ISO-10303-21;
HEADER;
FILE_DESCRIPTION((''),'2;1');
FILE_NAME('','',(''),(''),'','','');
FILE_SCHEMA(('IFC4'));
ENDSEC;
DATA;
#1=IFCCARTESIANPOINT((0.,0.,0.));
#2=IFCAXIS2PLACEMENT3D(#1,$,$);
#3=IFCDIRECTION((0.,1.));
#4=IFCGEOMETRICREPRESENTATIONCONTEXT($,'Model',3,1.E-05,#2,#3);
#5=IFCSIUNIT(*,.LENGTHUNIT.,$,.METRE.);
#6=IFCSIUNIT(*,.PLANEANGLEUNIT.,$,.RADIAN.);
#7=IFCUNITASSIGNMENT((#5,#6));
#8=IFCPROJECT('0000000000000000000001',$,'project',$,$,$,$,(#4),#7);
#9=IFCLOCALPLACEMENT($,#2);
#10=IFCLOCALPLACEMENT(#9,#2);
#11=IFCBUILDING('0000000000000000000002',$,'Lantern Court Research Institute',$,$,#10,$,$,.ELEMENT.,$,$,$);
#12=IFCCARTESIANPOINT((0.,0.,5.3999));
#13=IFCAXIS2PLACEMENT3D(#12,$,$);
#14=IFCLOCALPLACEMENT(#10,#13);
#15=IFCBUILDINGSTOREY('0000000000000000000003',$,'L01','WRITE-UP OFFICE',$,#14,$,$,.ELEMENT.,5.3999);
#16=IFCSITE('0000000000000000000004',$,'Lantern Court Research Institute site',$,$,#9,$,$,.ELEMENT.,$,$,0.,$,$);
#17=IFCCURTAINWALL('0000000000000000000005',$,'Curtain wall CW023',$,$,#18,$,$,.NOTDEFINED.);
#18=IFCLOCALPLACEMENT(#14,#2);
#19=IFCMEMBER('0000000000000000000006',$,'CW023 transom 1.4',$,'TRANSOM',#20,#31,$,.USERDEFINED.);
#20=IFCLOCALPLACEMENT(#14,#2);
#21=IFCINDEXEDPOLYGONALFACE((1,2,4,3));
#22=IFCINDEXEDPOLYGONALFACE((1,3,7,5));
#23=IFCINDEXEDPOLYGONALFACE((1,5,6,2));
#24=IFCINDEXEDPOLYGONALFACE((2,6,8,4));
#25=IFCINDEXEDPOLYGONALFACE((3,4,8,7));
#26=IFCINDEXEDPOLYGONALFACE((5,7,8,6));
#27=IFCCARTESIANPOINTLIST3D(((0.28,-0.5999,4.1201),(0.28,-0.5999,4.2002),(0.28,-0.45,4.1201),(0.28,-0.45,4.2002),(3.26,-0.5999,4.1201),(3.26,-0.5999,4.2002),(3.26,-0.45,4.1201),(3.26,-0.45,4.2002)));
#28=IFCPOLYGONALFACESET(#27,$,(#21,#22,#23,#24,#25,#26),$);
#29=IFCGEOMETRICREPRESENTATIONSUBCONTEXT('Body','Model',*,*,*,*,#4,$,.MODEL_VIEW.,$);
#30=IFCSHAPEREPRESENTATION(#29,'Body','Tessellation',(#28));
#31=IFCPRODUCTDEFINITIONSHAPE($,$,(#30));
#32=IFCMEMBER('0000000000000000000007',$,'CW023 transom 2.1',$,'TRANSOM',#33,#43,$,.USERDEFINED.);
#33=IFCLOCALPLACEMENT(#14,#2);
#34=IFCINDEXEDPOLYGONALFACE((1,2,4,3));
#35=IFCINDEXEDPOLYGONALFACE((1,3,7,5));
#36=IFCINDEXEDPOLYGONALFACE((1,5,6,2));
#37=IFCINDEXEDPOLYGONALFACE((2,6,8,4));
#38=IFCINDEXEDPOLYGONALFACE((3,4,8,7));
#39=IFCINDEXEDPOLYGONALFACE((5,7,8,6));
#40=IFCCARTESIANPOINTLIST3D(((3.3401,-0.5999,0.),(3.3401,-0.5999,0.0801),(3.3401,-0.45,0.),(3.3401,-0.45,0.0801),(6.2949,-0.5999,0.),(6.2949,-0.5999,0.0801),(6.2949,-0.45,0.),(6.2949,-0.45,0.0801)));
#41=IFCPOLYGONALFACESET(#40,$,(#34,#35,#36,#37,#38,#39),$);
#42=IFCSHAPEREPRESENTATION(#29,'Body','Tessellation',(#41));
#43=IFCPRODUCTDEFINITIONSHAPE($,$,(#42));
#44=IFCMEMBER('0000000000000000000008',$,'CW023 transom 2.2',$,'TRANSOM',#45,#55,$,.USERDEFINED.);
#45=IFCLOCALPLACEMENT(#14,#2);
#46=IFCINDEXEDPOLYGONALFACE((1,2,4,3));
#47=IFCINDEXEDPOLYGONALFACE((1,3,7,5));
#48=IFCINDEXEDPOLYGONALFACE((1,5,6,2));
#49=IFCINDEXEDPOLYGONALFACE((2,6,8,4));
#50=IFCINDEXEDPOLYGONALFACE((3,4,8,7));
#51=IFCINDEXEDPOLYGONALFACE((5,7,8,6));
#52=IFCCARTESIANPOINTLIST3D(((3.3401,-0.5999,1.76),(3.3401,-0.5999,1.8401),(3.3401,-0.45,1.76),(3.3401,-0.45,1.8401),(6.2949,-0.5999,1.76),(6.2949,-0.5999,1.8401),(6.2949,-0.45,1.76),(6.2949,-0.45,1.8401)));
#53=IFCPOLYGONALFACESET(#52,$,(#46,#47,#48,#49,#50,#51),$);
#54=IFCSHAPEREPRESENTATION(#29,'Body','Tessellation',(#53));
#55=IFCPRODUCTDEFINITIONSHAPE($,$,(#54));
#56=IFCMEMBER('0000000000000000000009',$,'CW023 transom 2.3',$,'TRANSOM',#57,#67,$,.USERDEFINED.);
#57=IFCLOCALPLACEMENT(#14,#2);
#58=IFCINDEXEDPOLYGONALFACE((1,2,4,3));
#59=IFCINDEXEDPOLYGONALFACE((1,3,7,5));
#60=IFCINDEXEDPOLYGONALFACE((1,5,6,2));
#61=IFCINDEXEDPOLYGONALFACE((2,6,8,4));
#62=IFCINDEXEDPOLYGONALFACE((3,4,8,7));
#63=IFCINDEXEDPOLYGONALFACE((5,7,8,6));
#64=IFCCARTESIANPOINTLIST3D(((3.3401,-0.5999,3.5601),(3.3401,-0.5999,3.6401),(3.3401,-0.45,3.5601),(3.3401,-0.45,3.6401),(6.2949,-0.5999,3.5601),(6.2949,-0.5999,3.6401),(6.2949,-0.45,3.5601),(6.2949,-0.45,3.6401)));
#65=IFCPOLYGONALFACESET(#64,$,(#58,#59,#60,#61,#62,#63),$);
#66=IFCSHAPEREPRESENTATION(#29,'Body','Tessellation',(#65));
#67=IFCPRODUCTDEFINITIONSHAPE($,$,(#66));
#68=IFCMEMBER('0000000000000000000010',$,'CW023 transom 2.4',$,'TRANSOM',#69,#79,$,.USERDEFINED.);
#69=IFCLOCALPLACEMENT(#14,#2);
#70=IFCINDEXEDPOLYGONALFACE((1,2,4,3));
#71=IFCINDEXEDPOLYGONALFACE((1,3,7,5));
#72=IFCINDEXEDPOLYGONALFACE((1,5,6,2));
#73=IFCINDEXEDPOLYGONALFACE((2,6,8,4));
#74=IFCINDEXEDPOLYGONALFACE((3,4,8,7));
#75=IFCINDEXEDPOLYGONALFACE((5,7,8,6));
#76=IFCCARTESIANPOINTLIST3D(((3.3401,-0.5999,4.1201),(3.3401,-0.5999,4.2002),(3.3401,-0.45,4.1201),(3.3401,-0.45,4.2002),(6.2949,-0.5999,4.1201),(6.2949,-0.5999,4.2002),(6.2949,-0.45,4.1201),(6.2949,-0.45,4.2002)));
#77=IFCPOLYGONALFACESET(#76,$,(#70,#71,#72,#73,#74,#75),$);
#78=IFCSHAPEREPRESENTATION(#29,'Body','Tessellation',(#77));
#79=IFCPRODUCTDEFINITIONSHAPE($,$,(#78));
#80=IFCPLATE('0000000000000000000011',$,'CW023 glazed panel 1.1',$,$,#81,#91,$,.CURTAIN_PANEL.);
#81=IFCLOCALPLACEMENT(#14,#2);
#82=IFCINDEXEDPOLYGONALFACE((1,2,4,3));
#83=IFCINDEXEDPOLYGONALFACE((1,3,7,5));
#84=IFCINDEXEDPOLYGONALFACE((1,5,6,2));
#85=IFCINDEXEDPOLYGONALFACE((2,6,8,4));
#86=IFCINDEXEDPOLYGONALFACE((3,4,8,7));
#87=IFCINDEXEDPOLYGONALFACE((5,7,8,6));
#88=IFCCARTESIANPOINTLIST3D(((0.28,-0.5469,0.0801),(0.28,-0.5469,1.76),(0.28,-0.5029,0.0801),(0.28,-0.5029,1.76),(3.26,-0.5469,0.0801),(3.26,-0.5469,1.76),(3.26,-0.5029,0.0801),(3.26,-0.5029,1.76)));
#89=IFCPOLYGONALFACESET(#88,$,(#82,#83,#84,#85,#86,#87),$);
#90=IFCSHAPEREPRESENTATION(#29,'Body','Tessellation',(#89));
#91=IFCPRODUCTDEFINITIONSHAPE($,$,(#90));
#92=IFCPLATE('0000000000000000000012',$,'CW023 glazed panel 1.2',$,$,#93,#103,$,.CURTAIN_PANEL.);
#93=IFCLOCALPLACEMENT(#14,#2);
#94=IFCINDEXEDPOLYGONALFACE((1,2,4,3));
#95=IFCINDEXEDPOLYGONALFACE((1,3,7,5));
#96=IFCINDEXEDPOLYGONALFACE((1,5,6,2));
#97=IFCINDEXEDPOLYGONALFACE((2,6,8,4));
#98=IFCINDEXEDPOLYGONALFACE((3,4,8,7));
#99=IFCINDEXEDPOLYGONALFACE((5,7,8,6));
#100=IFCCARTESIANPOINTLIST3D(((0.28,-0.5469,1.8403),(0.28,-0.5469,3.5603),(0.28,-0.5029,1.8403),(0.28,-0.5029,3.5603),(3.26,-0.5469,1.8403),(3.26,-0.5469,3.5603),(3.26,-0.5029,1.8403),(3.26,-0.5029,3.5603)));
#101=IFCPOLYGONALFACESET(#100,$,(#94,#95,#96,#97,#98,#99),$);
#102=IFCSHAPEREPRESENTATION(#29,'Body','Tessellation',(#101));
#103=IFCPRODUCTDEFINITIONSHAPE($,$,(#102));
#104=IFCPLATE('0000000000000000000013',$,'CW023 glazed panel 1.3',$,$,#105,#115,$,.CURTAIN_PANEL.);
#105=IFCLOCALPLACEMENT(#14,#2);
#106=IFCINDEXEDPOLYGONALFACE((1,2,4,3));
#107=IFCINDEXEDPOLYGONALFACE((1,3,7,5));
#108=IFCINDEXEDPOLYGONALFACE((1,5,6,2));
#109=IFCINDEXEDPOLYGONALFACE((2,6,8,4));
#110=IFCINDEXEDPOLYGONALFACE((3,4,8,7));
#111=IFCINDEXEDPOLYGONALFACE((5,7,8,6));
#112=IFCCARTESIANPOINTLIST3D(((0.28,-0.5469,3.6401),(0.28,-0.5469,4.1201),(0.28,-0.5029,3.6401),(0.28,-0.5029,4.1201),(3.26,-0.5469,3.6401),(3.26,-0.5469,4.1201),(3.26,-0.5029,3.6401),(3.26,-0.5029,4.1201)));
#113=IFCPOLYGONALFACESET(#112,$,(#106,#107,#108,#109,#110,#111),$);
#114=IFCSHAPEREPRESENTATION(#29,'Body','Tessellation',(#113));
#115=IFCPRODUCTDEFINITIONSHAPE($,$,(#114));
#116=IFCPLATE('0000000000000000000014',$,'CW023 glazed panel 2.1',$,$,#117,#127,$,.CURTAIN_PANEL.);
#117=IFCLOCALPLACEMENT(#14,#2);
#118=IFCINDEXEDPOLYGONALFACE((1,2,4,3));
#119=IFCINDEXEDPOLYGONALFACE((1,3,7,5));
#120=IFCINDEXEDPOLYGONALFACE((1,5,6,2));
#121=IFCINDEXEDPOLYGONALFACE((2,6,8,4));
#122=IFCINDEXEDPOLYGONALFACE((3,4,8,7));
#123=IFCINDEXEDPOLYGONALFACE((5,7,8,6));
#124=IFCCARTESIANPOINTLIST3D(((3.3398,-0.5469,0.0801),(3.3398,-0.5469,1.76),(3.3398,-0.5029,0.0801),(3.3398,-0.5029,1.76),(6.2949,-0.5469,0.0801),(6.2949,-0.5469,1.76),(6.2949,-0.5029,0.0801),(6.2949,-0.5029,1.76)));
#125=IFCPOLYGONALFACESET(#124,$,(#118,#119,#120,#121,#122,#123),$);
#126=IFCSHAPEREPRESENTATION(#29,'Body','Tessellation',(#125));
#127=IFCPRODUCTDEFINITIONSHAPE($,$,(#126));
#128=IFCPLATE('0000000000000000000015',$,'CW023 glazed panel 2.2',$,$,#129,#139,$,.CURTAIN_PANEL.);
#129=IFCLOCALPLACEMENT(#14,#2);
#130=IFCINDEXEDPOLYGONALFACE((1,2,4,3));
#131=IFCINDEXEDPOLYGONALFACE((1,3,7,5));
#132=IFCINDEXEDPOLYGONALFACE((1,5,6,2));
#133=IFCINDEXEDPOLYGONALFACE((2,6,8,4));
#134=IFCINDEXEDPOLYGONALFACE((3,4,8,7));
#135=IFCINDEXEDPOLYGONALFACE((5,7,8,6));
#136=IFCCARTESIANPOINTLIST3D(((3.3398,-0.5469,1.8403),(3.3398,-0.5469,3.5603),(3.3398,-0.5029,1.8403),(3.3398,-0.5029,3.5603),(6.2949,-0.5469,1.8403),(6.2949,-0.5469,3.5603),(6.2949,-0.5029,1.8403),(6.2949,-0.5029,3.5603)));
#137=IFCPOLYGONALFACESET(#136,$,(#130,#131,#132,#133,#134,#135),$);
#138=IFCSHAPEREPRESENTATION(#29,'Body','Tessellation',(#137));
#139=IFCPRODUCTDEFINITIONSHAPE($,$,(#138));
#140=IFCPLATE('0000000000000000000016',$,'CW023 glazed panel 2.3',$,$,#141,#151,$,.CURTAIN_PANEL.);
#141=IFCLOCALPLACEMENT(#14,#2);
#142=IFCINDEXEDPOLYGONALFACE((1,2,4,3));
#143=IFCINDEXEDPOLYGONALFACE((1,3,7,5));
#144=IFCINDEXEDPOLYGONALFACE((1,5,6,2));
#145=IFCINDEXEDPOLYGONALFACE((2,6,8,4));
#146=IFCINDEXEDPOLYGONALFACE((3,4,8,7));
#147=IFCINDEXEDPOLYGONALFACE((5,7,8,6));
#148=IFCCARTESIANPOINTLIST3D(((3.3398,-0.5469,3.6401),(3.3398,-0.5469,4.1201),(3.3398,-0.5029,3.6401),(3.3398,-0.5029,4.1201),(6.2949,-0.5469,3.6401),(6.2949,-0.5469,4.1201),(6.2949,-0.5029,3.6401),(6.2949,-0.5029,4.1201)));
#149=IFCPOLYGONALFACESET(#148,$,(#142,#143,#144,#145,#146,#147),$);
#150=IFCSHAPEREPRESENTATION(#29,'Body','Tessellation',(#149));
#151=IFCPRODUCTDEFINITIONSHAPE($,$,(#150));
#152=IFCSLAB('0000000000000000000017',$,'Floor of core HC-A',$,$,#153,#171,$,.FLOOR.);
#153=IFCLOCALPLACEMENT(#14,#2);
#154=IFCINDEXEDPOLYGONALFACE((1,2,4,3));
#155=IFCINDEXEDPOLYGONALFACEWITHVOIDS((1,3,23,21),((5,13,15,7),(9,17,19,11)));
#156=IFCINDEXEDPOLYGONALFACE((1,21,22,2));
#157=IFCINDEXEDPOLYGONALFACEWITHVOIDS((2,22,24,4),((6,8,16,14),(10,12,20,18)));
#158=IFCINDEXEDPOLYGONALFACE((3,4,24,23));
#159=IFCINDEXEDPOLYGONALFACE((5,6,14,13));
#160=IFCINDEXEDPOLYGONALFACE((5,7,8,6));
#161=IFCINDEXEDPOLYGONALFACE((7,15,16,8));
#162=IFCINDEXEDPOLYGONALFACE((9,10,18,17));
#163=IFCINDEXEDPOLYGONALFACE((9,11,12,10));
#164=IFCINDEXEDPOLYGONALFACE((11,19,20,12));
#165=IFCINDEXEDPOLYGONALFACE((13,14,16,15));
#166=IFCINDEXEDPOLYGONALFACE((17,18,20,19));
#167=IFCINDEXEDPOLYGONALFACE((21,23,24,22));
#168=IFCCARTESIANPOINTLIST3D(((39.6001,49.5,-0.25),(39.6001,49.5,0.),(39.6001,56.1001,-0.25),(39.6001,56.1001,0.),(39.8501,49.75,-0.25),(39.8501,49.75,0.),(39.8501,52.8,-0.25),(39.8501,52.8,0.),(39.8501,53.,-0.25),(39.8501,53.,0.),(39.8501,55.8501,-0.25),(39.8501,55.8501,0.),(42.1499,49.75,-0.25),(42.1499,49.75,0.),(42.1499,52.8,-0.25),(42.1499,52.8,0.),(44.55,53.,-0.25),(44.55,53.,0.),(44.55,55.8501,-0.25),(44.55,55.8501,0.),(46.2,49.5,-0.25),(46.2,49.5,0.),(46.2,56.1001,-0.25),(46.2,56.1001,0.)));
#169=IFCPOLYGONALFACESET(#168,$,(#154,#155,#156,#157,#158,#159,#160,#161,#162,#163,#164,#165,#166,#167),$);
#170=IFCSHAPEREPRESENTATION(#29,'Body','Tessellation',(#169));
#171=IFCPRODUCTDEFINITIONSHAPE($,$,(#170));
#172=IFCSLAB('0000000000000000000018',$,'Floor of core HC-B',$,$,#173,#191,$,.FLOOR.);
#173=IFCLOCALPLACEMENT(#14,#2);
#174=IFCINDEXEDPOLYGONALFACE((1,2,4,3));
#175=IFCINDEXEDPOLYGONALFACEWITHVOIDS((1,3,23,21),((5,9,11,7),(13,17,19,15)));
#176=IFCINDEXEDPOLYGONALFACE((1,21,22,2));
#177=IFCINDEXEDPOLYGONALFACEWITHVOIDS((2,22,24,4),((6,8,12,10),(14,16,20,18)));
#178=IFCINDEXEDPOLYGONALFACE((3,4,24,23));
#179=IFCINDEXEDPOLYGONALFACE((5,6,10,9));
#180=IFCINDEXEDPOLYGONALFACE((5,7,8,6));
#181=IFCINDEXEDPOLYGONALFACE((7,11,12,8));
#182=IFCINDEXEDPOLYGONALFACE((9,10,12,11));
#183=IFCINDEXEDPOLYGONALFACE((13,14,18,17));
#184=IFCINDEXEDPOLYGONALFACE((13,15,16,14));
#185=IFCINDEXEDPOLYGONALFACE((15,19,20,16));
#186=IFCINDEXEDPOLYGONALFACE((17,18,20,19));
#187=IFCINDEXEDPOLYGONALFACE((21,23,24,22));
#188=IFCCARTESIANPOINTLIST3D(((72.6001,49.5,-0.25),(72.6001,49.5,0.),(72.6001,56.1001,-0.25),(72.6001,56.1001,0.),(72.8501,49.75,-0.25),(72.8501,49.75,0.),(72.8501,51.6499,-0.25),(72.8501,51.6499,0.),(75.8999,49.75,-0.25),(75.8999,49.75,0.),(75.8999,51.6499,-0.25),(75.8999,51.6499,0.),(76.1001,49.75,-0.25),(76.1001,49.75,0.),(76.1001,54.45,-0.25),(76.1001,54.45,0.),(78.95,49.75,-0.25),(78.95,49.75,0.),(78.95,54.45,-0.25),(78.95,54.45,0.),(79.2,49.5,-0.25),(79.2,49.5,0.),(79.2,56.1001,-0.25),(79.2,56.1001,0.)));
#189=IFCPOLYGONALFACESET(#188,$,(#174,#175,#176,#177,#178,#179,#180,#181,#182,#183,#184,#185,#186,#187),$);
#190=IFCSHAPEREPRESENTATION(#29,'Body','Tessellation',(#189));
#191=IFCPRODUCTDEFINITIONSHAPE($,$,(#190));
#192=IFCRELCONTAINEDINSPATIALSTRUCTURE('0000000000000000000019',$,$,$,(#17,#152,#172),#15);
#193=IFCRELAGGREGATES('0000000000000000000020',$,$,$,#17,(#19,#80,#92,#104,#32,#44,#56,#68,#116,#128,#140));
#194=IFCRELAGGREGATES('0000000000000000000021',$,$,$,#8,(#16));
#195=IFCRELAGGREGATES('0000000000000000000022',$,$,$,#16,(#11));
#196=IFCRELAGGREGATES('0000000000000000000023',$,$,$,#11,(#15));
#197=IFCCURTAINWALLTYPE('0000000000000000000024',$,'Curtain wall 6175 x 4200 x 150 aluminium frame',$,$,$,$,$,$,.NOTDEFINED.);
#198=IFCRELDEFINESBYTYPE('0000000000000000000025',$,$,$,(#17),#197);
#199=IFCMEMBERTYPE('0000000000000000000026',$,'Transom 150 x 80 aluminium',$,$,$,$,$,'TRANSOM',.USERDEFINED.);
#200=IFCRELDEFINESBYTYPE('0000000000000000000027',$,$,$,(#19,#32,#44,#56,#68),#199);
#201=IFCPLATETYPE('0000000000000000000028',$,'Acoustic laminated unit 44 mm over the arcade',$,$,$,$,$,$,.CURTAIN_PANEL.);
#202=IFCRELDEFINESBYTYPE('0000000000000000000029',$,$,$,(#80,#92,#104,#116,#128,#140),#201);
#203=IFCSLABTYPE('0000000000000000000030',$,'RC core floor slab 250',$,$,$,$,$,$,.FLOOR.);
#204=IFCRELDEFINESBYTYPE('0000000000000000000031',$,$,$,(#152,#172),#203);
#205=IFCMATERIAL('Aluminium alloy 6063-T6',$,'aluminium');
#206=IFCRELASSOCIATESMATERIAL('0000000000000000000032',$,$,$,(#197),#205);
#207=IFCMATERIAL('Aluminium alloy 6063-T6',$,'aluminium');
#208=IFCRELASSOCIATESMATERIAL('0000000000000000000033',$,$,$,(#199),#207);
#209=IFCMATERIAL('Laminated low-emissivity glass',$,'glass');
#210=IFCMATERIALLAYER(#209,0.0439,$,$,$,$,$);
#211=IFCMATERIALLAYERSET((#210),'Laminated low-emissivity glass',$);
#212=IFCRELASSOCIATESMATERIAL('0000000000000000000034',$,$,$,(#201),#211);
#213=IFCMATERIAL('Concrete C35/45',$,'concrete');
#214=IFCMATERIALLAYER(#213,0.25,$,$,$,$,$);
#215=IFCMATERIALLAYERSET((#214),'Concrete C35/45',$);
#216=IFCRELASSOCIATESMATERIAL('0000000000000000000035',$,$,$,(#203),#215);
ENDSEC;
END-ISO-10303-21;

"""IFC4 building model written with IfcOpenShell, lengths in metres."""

from ifc_helpers import new_model, si_unit, direction, frame, origin, origin_2d, place, context, subcontext, project, spatial, polyline, rectangle, outline, extrude, material, layer, layer_set, material_profile, profile_set, type_object, element, aggregate, save


model = new_model("IFC4")

# Units and contexts
model_context = context("Model", 3, precision=1e-05, world=origin(), true_north=direction((0.0, 1.0)))
body_context = subcontext(model_context, "Body", "Model", "MODEL_VIEW")
ifc_project = project(units=[si_unit("LENGTHUNIT", "METRE"), si_unit("PLANEANGLEUNIT", "RADIAN")], contexts=[model_context])

# Site, building, storey
site_placement = place(None, origin())
site = spatial("IfcSite", under=ifc_project, at=site_placement, Name="Lantern Court Research Institute site", CompositionType="ELEMENT", RefElevation=0.0)
building_placement = place(site_placement, origin())
building = spatial("IfcBuilding", under=site, at=building_placement, Name="Lantern Court Research Institute", CompositionType="ELEMENT")
storey_placement = place(building_placement, frame((0.0, 0.0, 5.3999)))
storey = spatial("IfcBuildingStorey", under=building, at=storey_placement, Name="L01", Description="WRITE-UP OFFICE", CompositionType="ELEMENT", Elevation=5.3999)

# Curtain wall
ifc_material_1 = material(Name="Aluminium alloy 6063-T6", Category="aluminium")
curtain_wall_type = type_object("IfcCurtainWallType", Name="Curtain wall 6175 x 4200 x 150 aluminium frame", PredefinedType="NOTDEFINED", material=ifc_material_1)
curtain_wall_placement = place(storey_placement, origin())
curtain_wall = element("IfcCurtainWall", 1, at=curtain_wall_placement, inside=storey, type_object=curtain_wall_type, Name="Curtain wall CW023", PredefinedType="NOTDEFINED")

# Members
ifc_material_2 = material(Name="Aluminium alloy 6063-T6", Category="aluminium")
ifc_material_profile_1 = material_profile(ifc_material_2, rectangle(XDim=0.1499, YDim=0.0801, at=origin_2d()), Name="Transom 150 x 80")
ifc_profile_set_1 = profile_set([ifc_material_profile_1], Name="Aluminium alloy 6063-T6")
member_type_1 = type_object("IfcMemberType", Name="Transom 150 x 80 aluminium", ElementType="TRANSOM", PredefinedType="USERDEFINED", material=ifc_profile_set_1)
member_1_placement = place(storey_placement, frame((3.26, -0.5249, 4.1602), z_axis=(-1.0, 0.0, 0.0), x_axis=(0.0, -1.0, 0.0)))
member_1 = element("IfcMember", 2, at=member_1_placement, type_object=member_type_1, Name="CW023 transom 1.4", ObjectType="TRANSOM", PredefinedType="USERDEFINED", context=body_context, shape_type="SweptSolid", body=[
    extrude(rectangle(XDim=0.1499, YDim=0.0801, at=origin_2d()), origin(), (0.0, 0.0, 1.0), 2.98),
])
member_2_placement = place(storey_placement, frame((6.2949, -0.5249, 0.04), z_axis=(-1.0, 0.0, 0.0), x_axis=(0.0, -1.0, 0.0)))
member_2 = element("IfcMember", 3, at=member_2_placement, type_object=member_type_1, Name="CW023 transom 2.1", ObjectType="TRANSOM", PredefinedType="USERDEFINED", context=body_context, shape_type="SweptSolid", body=[
    extrude(rectangle(XDim=0.1499, YDim=0.0801, at=origin_2d()), origin(), (0.0, 0.0, 1.0), 2.9548),
])
member_3_placement = place(storey_placement, frame((6.2949, -0.5249, 1.8), z_axis=(-1.0, 0.0, 0.0), x_axis=(0.0, -1.0, 0.0)))
member_3 = element("IfcMember", 4, at=member_3_placement, type_object=member_type_1, Name="CW023 transom 2.2", ObjectType="TRANSOM", PredefinedType="USERDEFINED", context=body_context, shape_type="SweptSolid", body=[
    extrude(rectangle(XDim=0.1499, YDim=0.0801, at=origin_2d()), origin(), (0.0, 0.0, 1.0), 2.9548),
])
member_4_placement = place(storey_placement, frame((6.2949, -0.5249, 3.6001), z_axis=(-1.0, 0.0, 0.0), x_axis=(0.0, -1.0, 0.0)))
member_4 = element("IfcMember", 5, at=member_4_placement, type_object=member_type_1, Name="CW023 transom 2.3", ObjectType="TRANSOM", PredefinedType="USERDEFINED", context=body_context, shape_type="SweptSolid", body=[
    extrude(rectangle(XDim=0.1499, YDim=0.0801, at=origin_2d()), origin(), (0.0, 0.0, 1.0), 2.9548),
])
member_5_placement = place(storey_placement, frame((6.2949, -0.5249, 4.1602), z_axis=(-1.0, 0.0, 0.0), x_axis=(0.0, -1.0, 0.0)))
member_5 = element("IfcMember", 6, at=member_5_placement, type_object=member_type_1, Name="CW023 transom 2.4", ObjectType="TRANSOM", PredefinedType="USERDEFINED", context=body_context, shape_type="SweptSolid", body=[
    extrude(rectangle(XDim=0.1499, YDim=0.0801, at=origin_2d()), origin(), (0.0, 0.0, 1.0), 2.9548),
])

# Plates
ifc_material_3 = material(Name="Laminated low-emissivity glass", Category="glass")
ifc_layer_1 = layer(ifc_material_3, 0.0439)
ifc_layer_set_1 = layer_set([ifc_layer_1], Name="Laminated low-emissivity glass")
plate_type = type_object("IfcPlateType", Name="Acoustic laminated unit 44 mm over the arcade", PredefinedType="CURTAIN_PANEL", material=ifc_layer_set_1)
plate_1_placement = place(storey_placement, frame((1.77, -0.5249, 0.0801), z_axis=(0.0, 0.0, 1.0), x_axis=(-1.0, 0.0, 0.0)))
plate_1 = element("IfcPlate", 7, at=plate_1_placement, type_object=plate_type, Name="CW023 glazed panel 1.1", PredefinedType="CURTAIN_PANEL", context=body_context, shape_type="SweptSolid", body=[
    extrude(rectangle(XDim=2.98, YDim=0.0439, at=origin_2d()), origin(), (0.0, 0.0, 1.0), 1.6799),
])
plate_2_placement = place(storey_placement, frame((1.77, -0.5249, 1.8403), z_axis=(0.0, 0.0, 1.0), x_axis=(-1.0, 0.0, 0.0)))
plate_2 = element("IfcPlate", 8, at=plate_2_placement, type_object=plate_type, Name="CW023 glazed panel 1.2", PredefinedType="CURTAIN_PANEL", context=body_context, shape_type="SweptSolid", body=[
    extrude(rectangle(XDim=2.98, YDim=0.0439, at=origin_2d()), origin(), (0.0, 0.0, 1.0), 1.72),
])
plate_3_placement = place(storey_placement, frame((1.77, -0.5249, 3.6401), z_axis=(0.0, 0.0, 1.0), x_axis=(-1.0, 0.0, 0.0)))
plate_3 = element("IfcPlate", 9, at=plate_3_placement, type_object=plate_type, Name="CW023 glazed panel 1.3", PredefinedType="CURTAIN_PANEL", context=body_context, shape_type="SweptSolid", body=[
    extrude(rectangle(XDim=2.98, YDim=0.0439, at=origin_2d()), origin(), (0.0, 0.0, 1.0), 0.48),
])
plate_4_placement = place(storey_placement, frame((4.8174, -0.5249, 0.0801), z_axis=(0.0, 0.0, 1.0), x_axis=(-1.0, 0.0, 0.0)))
plate_4 = element("IfcPlate", 10, at=plate_4_placement, type_object=plate_type, Name="CW023 glazed panel 2.1", PredefinedType="CURTAIN_PANEL", context=body_context, shape_type="SweptSolid", body=[
    extrude(rectangle(XDim=2.9551, YDim=0.0439, at=origin_2d()), origin(), (0.0, 0.0, 1.0), 1.6799),
])
plate_5_placement = place(storey_placement, frame((4.8174, -0.5249, 1.8403), z_axis=(0.0, 0.0, 1.0), x_axis=(-1.0, 0.0, 0.0)))
plate_5 = element("IfcPlate", 11, at=plate_5_placement, type_object=plate_type, Name="CW023 glazed panel 2.2", PredefinedType="CURTAIN_PANEL", context=body_context, shape_type="SweptSolid", body=[
    extrude(rectangle(XDim=2.9551, YDim=0.0439, at=origin_2d()), origin(), (0.0, 0.0, 1.0), 1.72),
])
plate_6_placement = place(storey_placement, frame((4.8174, -0.5249, 3.6401), z_axis=(0.0, 0.0, 1.0), x_axis=(-1.0, 0.0, 0.0)))
plate_6 = element("IfcPlate", 12, at=plate_6_placement, type_object=plate_type, Name="CW023 glazed panel 2.3", PredefinedType="CURTAIN_PANEL", context=body_context, shape_type="SweptSolid", body=[
    extrude(rectangle(XDim=2.9551, YDim=0.0439, at=origin_2d()), origin(), (0.0, 0.0, 1.0), 0.48),
])
aggregate(curtain_wall, [member_1, plate_1, plate_2, plate_3, member_2, member_3, member_4, member_5, plate_4, plate_5, plate_6])

# Slabs
ifc_material_4 = material(Name="Concrete C35/45", Category="concrete")
ifc_layer_2 = layer(ifc_material_4, 0.25)
ifc_layer_set_2 = layer_set([ifc_layer_2], Name="Concrete C35/45")
slab_type_1 = type_object("IfcSlabType", Name="RC core floor slab 250", PredefinedType="FLOOR", material=ifc_layer_set_2)
slab_1_placement = place(storey_placement, frame((0.0, 0.0, -0.25)))
element("IfcSlab", 13, at=slab_1_placement, inside=storey, type_object=slab_type_1, Name="Floor of core HC-A", PredefinedType="FLOOR", context=body_context, shape_type="SweptSolid", body=[
    extrude(outline(polyline([(39.6001, 49.5), (46.2, 49.5), (46.2, 56.1001), (39.6001, 56.1001), (39.6001, 49.5)]), holes=[polyline([(44.55, 55.8501), (39.8501, 55.8501), (39.8501, 53.0), (44.55, 53.0), (44.55, 55.8501)]), polyline([(39.8501, 49.75), (42.1499, 49.75), (42.1499, 52.8), (39.8501, 52.8), (39.8501, 49.75)])]), origin(), (0.0, 0.0, 1.0), 0.25),
])
slab_2_placement = place(storey_placement, frame((0.0, 0.0, -0.25)))
element("IfcSlab", 14, at=slab_2_placement, inside=storey, type_object=slab_type_1, Name="Floor of core HC-B", PredefinedType="FLOOR", context=body_context, shape_type="SweptSolid", body=[
    extrude(outline(polyline([(72.6001, 49.5), (79.2, 49.5), (79.2, 56.1001), (72.6001, 56.1001), (72.6001, 49.5)]), holes=[polyline([(76.1001, 54.45), (76.1001, 49.75), (78.95, 49.75), (78.95, 54.45), (76.1001, 54.45)]), polyline([(72.8501, 51.6499), (75.8999, 51.6499), (75.8999, 49.75), (72.8501, 49.75), (72.8501, 51.6499)])]), origin(), (0.0, 0.0, 1.0), 0.25),
])

save(model, "model.ifc")
